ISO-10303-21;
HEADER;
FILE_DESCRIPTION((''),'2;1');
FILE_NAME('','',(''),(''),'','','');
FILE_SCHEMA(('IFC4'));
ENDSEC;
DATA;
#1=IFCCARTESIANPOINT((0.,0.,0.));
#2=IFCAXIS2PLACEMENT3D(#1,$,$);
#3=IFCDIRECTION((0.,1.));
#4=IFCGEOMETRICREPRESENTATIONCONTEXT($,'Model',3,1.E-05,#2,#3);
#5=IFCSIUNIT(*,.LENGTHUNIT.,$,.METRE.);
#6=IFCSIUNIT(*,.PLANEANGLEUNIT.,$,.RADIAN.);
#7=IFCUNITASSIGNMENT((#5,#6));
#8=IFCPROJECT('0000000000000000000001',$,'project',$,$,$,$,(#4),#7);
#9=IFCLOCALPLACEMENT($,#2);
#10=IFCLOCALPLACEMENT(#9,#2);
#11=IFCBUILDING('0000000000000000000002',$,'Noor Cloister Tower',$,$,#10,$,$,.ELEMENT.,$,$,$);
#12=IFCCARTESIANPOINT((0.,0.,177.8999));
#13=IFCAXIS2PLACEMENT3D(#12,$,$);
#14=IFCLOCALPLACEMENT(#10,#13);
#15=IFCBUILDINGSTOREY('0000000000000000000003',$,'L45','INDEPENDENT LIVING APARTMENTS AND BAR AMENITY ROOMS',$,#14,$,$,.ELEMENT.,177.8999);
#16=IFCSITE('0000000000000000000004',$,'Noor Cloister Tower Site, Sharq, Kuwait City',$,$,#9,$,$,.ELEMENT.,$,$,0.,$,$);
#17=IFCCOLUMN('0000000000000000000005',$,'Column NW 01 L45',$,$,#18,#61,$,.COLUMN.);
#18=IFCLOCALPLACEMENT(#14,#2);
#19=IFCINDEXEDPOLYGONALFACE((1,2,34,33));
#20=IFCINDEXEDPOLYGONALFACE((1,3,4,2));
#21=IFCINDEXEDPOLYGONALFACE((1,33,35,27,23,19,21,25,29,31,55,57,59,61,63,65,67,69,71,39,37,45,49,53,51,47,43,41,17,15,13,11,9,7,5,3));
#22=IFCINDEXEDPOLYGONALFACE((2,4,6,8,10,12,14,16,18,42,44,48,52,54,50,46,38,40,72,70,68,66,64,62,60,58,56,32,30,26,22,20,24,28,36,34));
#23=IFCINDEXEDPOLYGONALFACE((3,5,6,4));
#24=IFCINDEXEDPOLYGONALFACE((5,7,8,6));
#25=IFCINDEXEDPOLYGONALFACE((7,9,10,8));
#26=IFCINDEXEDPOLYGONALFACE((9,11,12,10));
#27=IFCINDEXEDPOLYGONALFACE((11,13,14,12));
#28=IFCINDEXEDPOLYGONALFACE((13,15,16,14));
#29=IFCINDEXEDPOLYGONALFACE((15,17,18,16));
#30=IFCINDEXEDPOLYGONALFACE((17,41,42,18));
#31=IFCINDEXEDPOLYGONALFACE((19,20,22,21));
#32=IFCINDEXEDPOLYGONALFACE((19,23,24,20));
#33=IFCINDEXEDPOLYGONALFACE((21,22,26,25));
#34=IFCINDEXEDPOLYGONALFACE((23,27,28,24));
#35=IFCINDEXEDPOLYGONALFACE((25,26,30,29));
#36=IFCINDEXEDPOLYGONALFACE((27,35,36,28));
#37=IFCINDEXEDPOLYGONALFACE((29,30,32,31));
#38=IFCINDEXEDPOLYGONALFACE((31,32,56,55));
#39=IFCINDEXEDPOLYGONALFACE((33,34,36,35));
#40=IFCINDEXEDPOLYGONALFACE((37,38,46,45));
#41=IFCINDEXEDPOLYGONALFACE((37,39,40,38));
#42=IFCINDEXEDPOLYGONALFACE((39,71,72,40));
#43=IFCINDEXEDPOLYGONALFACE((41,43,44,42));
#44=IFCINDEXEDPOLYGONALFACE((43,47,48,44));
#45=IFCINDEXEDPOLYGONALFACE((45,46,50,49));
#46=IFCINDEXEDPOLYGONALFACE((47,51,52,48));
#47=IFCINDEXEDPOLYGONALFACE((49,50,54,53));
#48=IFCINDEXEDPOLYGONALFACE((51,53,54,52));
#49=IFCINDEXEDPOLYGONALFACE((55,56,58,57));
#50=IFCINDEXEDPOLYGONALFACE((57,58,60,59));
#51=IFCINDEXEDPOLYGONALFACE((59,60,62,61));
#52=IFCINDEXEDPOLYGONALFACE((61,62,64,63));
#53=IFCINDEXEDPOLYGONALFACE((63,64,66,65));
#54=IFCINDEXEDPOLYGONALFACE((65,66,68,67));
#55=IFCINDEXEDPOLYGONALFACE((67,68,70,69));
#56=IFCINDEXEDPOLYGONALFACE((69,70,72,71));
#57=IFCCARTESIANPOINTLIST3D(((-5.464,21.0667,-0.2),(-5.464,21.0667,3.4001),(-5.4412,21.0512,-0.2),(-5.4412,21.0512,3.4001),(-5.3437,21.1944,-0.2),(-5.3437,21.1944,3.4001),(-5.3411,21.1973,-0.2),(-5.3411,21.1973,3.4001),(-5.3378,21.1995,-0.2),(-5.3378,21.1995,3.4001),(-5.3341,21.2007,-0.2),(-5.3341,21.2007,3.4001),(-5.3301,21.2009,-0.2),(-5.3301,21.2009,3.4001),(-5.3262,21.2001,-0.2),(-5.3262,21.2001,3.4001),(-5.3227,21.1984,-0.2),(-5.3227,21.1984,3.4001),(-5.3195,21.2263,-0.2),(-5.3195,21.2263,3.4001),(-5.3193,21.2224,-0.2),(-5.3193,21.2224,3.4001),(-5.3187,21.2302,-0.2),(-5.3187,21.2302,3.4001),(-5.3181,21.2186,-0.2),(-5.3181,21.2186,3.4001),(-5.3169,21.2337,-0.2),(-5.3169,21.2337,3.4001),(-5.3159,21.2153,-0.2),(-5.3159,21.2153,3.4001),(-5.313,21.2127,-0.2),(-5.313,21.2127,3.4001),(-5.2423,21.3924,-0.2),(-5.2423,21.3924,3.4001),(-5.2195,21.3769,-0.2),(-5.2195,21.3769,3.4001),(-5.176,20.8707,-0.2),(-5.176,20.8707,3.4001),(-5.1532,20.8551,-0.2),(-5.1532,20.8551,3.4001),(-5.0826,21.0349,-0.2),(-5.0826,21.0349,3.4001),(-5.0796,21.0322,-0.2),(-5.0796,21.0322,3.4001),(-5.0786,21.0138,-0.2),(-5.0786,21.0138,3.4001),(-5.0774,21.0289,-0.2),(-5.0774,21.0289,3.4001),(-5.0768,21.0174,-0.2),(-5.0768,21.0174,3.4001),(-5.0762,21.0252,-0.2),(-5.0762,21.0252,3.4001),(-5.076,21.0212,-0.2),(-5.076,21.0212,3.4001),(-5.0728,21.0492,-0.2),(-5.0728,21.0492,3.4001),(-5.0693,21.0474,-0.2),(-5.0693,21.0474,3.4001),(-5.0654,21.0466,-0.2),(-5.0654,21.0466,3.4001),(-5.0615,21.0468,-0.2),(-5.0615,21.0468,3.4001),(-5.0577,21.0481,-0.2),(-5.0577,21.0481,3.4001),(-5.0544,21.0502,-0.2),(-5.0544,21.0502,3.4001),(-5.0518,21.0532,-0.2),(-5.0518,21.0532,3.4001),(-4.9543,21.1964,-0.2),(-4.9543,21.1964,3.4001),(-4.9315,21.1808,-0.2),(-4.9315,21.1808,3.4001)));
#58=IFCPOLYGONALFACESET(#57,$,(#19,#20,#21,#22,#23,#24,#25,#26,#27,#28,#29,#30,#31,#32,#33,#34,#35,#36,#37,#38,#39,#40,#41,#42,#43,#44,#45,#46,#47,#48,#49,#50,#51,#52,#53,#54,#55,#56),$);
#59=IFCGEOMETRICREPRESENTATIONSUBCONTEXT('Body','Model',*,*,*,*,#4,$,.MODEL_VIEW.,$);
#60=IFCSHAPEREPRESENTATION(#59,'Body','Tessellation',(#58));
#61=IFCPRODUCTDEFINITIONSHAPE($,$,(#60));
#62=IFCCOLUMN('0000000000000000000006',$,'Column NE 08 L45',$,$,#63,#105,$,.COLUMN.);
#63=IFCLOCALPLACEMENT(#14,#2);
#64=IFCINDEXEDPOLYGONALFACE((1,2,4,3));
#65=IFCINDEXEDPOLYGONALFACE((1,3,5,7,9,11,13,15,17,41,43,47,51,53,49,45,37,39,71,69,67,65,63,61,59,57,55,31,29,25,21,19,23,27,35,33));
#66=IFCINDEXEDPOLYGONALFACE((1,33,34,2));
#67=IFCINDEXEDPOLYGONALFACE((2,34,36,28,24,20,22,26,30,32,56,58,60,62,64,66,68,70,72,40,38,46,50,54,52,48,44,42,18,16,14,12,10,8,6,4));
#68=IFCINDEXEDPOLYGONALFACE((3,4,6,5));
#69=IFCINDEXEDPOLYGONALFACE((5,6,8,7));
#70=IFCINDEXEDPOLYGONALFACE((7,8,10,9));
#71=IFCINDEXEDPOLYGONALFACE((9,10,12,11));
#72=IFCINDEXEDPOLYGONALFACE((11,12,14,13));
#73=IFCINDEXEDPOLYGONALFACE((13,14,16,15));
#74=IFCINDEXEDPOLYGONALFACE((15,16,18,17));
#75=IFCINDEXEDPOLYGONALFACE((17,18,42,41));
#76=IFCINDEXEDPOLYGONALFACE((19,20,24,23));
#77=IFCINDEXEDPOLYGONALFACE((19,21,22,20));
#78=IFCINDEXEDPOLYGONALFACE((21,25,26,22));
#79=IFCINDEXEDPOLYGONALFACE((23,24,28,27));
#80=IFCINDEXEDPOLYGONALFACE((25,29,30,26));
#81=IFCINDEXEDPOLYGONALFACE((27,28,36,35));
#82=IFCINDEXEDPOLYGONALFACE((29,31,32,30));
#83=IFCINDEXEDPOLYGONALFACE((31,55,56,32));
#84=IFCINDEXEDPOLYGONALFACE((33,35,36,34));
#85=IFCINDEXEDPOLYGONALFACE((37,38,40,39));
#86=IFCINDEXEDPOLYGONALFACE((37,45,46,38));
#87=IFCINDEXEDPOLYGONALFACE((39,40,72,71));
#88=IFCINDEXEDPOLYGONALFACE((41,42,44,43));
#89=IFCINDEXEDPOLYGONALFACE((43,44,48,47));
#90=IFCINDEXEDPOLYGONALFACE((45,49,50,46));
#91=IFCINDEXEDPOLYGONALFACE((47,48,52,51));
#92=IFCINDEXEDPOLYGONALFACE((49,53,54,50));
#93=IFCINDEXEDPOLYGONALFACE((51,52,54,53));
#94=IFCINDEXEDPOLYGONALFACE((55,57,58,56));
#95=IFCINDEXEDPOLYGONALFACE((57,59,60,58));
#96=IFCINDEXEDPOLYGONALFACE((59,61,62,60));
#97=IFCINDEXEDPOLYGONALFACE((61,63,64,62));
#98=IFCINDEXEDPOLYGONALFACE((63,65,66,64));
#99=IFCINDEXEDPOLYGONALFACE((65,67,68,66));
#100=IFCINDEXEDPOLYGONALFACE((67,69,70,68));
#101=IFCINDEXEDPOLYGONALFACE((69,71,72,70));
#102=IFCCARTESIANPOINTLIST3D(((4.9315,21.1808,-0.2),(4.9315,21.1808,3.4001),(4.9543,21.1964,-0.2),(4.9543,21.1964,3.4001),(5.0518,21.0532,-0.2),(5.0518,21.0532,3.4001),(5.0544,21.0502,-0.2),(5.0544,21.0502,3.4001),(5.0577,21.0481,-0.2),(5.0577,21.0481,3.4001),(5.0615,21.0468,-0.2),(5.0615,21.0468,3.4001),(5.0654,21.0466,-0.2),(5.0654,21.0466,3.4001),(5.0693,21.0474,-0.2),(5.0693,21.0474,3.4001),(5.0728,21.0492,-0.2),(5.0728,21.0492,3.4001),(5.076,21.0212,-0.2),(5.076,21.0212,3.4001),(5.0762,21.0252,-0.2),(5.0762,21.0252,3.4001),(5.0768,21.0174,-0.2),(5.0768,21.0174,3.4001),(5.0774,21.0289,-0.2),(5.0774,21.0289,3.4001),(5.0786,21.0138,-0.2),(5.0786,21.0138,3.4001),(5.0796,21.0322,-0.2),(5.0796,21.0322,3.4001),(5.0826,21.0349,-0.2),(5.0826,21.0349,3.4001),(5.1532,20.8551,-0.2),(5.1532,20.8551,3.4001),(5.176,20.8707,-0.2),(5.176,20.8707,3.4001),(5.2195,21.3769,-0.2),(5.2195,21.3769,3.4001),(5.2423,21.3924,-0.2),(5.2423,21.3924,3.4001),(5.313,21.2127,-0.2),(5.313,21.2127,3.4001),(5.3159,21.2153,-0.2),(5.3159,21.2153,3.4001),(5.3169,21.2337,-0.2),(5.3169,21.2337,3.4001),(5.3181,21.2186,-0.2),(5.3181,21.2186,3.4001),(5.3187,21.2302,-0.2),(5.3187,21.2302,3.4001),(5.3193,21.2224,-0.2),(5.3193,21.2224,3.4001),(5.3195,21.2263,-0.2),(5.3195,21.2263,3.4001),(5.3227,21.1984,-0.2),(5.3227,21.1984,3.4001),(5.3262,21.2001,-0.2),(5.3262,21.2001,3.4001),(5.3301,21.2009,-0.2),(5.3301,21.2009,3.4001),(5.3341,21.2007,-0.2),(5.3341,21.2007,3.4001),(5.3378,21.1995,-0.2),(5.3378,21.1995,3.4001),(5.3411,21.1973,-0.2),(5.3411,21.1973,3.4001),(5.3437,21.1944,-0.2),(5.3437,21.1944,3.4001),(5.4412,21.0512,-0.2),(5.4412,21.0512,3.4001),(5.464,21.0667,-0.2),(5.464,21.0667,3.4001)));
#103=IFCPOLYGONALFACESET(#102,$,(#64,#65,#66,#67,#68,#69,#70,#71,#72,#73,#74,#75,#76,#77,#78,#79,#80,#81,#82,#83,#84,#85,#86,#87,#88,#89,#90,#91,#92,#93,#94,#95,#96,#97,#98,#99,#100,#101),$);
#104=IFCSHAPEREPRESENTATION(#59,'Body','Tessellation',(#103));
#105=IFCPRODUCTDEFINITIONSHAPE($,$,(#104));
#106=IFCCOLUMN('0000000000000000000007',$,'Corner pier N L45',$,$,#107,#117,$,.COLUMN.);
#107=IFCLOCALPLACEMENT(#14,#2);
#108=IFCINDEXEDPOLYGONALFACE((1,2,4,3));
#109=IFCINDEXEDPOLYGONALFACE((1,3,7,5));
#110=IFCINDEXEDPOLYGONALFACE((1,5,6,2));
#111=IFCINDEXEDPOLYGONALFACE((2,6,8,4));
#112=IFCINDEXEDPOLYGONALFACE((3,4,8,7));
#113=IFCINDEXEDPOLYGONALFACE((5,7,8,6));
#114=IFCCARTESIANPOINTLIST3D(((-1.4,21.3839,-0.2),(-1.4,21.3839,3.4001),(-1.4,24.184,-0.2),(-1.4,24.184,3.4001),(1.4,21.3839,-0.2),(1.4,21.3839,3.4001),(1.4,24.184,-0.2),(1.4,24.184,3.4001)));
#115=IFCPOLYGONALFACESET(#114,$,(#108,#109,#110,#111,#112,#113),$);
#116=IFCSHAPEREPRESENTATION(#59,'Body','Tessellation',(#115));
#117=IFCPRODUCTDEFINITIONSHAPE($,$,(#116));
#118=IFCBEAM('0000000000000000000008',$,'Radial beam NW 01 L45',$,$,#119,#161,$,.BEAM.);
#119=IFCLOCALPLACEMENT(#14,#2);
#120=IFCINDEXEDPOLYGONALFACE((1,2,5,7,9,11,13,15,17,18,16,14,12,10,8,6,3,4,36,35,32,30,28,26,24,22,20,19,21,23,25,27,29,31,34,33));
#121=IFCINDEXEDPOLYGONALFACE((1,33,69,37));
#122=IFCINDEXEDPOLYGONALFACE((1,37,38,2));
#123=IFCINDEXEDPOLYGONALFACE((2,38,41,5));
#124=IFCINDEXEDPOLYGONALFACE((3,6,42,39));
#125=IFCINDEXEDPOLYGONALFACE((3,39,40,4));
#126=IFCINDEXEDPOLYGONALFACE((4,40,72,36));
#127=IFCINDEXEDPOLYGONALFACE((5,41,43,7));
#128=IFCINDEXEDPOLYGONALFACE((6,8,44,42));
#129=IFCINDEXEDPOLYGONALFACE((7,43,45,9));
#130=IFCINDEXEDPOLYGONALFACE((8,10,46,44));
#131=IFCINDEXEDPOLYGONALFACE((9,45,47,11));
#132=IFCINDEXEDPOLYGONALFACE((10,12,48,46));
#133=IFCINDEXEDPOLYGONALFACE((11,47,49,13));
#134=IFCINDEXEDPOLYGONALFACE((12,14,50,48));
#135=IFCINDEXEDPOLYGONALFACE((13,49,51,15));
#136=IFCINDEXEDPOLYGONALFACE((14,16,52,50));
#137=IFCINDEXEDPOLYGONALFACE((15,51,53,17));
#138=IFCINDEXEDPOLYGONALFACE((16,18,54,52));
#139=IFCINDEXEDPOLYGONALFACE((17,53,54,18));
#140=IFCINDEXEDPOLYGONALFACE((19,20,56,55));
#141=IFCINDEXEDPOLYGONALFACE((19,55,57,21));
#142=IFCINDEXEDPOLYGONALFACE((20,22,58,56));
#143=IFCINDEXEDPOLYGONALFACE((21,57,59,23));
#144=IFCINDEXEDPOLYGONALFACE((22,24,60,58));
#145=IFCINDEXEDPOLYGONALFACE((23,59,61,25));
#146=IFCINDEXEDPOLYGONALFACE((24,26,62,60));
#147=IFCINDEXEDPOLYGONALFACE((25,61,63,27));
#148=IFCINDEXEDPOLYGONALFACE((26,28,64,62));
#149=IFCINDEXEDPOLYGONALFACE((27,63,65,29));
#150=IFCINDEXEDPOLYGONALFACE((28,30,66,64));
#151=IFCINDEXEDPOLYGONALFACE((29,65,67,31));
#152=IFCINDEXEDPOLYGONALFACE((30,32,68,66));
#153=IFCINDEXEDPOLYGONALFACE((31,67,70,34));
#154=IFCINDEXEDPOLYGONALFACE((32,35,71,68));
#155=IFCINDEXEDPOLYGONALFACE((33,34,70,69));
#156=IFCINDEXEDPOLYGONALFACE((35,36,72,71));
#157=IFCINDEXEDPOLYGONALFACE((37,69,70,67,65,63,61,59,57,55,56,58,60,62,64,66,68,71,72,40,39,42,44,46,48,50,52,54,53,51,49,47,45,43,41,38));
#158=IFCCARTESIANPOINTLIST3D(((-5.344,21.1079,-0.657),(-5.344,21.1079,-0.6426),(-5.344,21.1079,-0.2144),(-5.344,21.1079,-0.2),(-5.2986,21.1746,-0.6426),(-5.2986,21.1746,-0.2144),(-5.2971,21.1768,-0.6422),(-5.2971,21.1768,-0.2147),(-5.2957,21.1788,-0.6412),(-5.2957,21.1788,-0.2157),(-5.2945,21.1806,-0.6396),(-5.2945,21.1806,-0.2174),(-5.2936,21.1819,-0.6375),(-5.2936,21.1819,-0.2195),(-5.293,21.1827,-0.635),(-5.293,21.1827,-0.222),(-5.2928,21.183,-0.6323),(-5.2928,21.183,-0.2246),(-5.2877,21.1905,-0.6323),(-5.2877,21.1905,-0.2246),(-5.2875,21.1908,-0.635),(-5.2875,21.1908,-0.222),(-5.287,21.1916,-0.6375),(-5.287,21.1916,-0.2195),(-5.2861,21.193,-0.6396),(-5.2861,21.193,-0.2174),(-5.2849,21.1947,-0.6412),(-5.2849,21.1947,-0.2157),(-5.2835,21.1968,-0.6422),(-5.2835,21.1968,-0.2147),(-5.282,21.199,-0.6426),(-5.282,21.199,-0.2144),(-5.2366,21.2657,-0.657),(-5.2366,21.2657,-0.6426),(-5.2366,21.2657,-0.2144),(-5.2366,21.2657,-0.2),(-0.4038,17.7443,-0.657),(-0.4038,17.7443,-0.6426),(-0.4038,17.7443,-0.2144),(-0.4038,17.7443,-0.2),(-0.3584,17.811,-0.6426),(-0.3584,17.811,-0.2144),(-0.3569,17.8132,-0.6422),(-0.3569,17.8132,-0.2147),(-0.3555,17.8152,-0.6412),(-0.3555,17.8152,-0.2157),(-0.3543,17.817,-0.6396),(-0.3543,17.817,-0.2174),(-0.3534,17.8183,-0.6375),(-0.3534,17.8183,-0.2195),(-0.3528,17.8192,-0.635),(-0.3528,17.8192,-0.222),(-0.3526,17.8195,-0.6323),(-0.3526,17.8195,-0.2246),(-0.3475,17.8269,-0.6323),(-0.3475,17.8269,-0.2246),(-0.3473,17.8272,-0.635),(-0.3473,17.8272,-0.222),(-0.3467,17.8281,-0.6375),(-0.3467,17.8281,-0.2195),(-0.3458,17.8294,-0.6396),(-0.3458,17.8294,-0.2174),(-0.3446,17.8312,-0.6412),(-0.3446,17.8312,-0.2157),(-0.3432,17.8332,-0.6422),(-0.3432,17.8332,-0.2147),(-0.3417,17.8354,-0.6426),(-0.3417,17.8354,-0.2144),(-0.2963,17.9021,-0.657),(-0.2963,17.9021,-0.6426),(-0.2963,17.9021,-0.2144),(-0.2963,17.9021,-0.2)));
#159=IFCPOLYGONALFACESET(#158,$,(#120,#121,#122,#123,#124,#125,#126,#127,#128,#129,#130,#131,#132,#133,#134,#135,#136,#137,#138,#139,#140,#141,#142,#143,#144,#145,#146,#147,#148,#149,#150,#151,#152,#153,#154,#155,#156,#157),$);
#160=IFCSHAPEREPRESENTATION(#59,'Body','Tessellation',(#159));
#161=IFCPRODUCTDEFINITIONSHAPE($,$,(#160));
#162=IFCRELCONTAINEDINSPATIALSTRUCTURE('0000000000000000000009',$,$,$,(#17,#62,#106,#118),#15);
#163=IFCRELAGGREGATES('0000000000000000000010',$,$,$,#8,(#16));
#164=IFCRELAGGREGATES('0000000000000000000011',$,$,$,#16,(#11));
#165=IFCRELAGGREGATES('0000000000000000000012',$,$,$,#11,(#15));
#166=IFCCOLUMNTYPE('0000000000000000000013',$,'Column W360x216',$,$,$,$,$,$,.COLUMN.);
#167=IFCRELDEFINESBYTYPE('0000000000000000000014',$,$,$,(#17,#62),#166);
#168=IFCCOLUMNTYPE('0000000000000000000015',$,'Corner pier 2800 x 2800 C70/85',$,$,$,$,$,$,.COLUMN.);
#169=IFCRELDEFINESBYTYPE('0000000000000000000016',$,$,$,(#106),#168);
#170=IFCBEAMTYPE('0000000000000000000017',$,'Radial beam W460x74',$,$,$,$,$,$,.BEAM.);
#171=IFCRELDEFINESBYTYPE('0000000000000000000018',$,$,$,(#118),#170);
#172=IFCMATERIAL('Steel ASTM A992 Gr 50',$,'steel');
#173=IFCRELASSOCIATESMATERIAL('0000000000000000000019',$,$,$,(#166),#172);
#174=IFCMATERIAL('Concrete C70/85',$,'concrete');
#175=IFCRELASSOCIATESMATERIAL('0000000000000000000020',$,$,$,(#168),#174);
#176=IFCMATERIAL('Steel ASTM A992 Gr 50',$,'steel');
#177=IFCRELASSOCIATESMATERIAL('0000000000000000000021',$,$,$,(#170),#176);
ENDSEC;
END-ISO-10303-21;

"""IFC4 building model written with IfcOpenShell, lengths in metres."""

from ifc_helpers import new_model, si_unit, direction, frame, origin, origin_2d, place, context, subcontext, project, spatial, rectangle, i_section, extrude, material, material_profile, profile_set, type_object, element, save


model = new_model("IFC4")

# Units and contexts
model_context = context("Model", 3, precision=1e-05, world=origin(), true_north=direction((0.0, 1.0)))
body_context = subcontext(model_context, "Body", "Model", "MODEL_VIEW")
ifc_project = project(units=[si_unit("LENGTHUNIT", "METRE"), si_unit("PLANEANGLEUNIT", "RADIAN")], contexts=[model_context])

# Site, building, storey
site_placement = place(None, origin())
site = spatial("IfcSite", under=ifc_project, at=site_placement, Name="Noor Cloister Tower Site, Sharq, Kuwait City", CompositionType="ELEMENT", RefElevation=0.0)
building_placement = place(site_placement, origin())
building = spatial("IfcBuilding", under=site, at=building_placement, Name="Noor Cloister Tower", CompositionType="ELEMENT")
storey_placement = place(building_placement, frame((0.0, 0.0, 177.8999)))
storey = spatial("IfcBuildingStorey", under=building, at=storey_placement, Name="L45", Description="INDEPENDENT LIVING APARTMENTS AND BAR AMENITY ROOMS", CompositionType="ELEMENT", Elevation=177.8999)

# Columns
ifc_material_1 = material(Name="Steel ASTM A992 Gr 50", Category="steel")
ifc_material_profile_1 = material_profile(ifc_material_1, i_section(OverallWidth=0.394, OverallDepth=0.376, WebThickness=0.0173, FlangeThickness=0.0276, FilletRadius=0.0151, at=origin_2d()), Name="W360x216")
ifc_profile_set_1 = profile_set([ifc_material_profile_1], Name="Steel ASTM A992 Gr 50")
column_type_1 = type_object("IfcColumnType", Name="Column W360x216", PredefinedType="COLUMN", material=ifc_profile_set_1)
for number, where, z_axis, x_axis, name in (
    (1, (-5.1978, 21.1238, -0.2), (0.0, 0.0, 1.0), (-0.562771, -0.826613, 0.0), "Column NW 01 L45"),
    (2, (5.1978, 21.1238, -0.2), (0.0, 0.0, 1.0), (-0.562771, 0.826613, 0.0), "Column NE 08 L45"),
):
    element("IfcColumn", number, at=place(storey_placement, frame(where, z_axis=z_axis, x_axis=x_axis)), inside=storey, type_object=column_type_1, Name=name, PredefinedType="COLUMN", context=body_context, shape_type="SweptSolid", body=[
        extrude(i_section(OverallWidth=0.394, OverallDepth=0.376, WebThickness=0.0173, FlangeThickness=0.0276, FilletRadius=0.0151, at=origin_2d()), origin(), (0.0, 0.0, 1.0), 3.6001),
    ])
ifc_material_2 = material(Name="Concrete C70/85", Category="concrete")
ifc_material_profile_2 = material_profile(ifc_material_2, rectangle(XDim=2.8, YDim=2.8, at=origin_2d()), Name="RC 2800x2800")
ifc_profile_set_2 = profile_set([ifc_material_profile_2], Name="Concrete C70/85")
column_type_2 = type_object("IfcColumnType", Name="Corner pier 2800 x 2800 C70/85", PredefinedType="COLUMN", material=ifc_profile_set_2)
column_placement = place(storey_placement, frame((0.0, 22.7839, -0.2), z_axis=(0.0, 0.0, 1.0), x_axis=(0.0, 1.0, 0.0)))
element("IfcColumn", 3, at=column_placement, inside=storey, type_object=column_type_2, Name="Corner pier N L45", PredefinedType="COLUMN", context=body_context, shape_type="SweptSolid", body=[
    extrude(rectangle(XDim=2.8, YDim=2.8, at=origin_2d()), origin(), (0.0, 0.0, 1.0), 3.6001),
])

# Beam
ifc_material_3 = material(Name="Steel ASTM A992 Gr 50", Category="steel")
ifc_material_profile_3 = material_profile(ifc_material_3, i_section(OverallWidth=0.1909, OverallDepth=0.457, WebThickness=0.009, FlangeThickness=0.0144, FilletRadius=0.0103, at=origin_2d()), Name="W460x74")
ifc_profile_set_3 = profile_set([ifc_material_profile_3], Name="Steel ASTM A992 Gr 50")
beam_type = type_object("IfcBeamType", Name="Radial beam W460x74", PredefinedType="BEAM", material=ifc_profile_set_3)
beam_1_placement = place(storey_placement, frame((-5.2903, 21.1868, -0.4285), z_axis=(0.8266, -0.56279, 0.0), x_axis=(0.56279, 0.8266, 0.0)))
element("IfcBeam", 4, at=beam_1_placement, inside=storey, type_object=beam_type, Name="Radial beam NW 01 L45", PredefinedType="BEAM", context=body_context, shape_type="SweptSolid", body=[
    extrude(i_section(OverallWidth=0.1909, OverallDepth=0.457, WebThickness=0.009, FlangeThickness=0.0144, FilletRadius=0.0103, at=origin_2d()), origin(), (0.0, 0.0, 1.0), 5.9766),
])

save(model, "model.ifc")
